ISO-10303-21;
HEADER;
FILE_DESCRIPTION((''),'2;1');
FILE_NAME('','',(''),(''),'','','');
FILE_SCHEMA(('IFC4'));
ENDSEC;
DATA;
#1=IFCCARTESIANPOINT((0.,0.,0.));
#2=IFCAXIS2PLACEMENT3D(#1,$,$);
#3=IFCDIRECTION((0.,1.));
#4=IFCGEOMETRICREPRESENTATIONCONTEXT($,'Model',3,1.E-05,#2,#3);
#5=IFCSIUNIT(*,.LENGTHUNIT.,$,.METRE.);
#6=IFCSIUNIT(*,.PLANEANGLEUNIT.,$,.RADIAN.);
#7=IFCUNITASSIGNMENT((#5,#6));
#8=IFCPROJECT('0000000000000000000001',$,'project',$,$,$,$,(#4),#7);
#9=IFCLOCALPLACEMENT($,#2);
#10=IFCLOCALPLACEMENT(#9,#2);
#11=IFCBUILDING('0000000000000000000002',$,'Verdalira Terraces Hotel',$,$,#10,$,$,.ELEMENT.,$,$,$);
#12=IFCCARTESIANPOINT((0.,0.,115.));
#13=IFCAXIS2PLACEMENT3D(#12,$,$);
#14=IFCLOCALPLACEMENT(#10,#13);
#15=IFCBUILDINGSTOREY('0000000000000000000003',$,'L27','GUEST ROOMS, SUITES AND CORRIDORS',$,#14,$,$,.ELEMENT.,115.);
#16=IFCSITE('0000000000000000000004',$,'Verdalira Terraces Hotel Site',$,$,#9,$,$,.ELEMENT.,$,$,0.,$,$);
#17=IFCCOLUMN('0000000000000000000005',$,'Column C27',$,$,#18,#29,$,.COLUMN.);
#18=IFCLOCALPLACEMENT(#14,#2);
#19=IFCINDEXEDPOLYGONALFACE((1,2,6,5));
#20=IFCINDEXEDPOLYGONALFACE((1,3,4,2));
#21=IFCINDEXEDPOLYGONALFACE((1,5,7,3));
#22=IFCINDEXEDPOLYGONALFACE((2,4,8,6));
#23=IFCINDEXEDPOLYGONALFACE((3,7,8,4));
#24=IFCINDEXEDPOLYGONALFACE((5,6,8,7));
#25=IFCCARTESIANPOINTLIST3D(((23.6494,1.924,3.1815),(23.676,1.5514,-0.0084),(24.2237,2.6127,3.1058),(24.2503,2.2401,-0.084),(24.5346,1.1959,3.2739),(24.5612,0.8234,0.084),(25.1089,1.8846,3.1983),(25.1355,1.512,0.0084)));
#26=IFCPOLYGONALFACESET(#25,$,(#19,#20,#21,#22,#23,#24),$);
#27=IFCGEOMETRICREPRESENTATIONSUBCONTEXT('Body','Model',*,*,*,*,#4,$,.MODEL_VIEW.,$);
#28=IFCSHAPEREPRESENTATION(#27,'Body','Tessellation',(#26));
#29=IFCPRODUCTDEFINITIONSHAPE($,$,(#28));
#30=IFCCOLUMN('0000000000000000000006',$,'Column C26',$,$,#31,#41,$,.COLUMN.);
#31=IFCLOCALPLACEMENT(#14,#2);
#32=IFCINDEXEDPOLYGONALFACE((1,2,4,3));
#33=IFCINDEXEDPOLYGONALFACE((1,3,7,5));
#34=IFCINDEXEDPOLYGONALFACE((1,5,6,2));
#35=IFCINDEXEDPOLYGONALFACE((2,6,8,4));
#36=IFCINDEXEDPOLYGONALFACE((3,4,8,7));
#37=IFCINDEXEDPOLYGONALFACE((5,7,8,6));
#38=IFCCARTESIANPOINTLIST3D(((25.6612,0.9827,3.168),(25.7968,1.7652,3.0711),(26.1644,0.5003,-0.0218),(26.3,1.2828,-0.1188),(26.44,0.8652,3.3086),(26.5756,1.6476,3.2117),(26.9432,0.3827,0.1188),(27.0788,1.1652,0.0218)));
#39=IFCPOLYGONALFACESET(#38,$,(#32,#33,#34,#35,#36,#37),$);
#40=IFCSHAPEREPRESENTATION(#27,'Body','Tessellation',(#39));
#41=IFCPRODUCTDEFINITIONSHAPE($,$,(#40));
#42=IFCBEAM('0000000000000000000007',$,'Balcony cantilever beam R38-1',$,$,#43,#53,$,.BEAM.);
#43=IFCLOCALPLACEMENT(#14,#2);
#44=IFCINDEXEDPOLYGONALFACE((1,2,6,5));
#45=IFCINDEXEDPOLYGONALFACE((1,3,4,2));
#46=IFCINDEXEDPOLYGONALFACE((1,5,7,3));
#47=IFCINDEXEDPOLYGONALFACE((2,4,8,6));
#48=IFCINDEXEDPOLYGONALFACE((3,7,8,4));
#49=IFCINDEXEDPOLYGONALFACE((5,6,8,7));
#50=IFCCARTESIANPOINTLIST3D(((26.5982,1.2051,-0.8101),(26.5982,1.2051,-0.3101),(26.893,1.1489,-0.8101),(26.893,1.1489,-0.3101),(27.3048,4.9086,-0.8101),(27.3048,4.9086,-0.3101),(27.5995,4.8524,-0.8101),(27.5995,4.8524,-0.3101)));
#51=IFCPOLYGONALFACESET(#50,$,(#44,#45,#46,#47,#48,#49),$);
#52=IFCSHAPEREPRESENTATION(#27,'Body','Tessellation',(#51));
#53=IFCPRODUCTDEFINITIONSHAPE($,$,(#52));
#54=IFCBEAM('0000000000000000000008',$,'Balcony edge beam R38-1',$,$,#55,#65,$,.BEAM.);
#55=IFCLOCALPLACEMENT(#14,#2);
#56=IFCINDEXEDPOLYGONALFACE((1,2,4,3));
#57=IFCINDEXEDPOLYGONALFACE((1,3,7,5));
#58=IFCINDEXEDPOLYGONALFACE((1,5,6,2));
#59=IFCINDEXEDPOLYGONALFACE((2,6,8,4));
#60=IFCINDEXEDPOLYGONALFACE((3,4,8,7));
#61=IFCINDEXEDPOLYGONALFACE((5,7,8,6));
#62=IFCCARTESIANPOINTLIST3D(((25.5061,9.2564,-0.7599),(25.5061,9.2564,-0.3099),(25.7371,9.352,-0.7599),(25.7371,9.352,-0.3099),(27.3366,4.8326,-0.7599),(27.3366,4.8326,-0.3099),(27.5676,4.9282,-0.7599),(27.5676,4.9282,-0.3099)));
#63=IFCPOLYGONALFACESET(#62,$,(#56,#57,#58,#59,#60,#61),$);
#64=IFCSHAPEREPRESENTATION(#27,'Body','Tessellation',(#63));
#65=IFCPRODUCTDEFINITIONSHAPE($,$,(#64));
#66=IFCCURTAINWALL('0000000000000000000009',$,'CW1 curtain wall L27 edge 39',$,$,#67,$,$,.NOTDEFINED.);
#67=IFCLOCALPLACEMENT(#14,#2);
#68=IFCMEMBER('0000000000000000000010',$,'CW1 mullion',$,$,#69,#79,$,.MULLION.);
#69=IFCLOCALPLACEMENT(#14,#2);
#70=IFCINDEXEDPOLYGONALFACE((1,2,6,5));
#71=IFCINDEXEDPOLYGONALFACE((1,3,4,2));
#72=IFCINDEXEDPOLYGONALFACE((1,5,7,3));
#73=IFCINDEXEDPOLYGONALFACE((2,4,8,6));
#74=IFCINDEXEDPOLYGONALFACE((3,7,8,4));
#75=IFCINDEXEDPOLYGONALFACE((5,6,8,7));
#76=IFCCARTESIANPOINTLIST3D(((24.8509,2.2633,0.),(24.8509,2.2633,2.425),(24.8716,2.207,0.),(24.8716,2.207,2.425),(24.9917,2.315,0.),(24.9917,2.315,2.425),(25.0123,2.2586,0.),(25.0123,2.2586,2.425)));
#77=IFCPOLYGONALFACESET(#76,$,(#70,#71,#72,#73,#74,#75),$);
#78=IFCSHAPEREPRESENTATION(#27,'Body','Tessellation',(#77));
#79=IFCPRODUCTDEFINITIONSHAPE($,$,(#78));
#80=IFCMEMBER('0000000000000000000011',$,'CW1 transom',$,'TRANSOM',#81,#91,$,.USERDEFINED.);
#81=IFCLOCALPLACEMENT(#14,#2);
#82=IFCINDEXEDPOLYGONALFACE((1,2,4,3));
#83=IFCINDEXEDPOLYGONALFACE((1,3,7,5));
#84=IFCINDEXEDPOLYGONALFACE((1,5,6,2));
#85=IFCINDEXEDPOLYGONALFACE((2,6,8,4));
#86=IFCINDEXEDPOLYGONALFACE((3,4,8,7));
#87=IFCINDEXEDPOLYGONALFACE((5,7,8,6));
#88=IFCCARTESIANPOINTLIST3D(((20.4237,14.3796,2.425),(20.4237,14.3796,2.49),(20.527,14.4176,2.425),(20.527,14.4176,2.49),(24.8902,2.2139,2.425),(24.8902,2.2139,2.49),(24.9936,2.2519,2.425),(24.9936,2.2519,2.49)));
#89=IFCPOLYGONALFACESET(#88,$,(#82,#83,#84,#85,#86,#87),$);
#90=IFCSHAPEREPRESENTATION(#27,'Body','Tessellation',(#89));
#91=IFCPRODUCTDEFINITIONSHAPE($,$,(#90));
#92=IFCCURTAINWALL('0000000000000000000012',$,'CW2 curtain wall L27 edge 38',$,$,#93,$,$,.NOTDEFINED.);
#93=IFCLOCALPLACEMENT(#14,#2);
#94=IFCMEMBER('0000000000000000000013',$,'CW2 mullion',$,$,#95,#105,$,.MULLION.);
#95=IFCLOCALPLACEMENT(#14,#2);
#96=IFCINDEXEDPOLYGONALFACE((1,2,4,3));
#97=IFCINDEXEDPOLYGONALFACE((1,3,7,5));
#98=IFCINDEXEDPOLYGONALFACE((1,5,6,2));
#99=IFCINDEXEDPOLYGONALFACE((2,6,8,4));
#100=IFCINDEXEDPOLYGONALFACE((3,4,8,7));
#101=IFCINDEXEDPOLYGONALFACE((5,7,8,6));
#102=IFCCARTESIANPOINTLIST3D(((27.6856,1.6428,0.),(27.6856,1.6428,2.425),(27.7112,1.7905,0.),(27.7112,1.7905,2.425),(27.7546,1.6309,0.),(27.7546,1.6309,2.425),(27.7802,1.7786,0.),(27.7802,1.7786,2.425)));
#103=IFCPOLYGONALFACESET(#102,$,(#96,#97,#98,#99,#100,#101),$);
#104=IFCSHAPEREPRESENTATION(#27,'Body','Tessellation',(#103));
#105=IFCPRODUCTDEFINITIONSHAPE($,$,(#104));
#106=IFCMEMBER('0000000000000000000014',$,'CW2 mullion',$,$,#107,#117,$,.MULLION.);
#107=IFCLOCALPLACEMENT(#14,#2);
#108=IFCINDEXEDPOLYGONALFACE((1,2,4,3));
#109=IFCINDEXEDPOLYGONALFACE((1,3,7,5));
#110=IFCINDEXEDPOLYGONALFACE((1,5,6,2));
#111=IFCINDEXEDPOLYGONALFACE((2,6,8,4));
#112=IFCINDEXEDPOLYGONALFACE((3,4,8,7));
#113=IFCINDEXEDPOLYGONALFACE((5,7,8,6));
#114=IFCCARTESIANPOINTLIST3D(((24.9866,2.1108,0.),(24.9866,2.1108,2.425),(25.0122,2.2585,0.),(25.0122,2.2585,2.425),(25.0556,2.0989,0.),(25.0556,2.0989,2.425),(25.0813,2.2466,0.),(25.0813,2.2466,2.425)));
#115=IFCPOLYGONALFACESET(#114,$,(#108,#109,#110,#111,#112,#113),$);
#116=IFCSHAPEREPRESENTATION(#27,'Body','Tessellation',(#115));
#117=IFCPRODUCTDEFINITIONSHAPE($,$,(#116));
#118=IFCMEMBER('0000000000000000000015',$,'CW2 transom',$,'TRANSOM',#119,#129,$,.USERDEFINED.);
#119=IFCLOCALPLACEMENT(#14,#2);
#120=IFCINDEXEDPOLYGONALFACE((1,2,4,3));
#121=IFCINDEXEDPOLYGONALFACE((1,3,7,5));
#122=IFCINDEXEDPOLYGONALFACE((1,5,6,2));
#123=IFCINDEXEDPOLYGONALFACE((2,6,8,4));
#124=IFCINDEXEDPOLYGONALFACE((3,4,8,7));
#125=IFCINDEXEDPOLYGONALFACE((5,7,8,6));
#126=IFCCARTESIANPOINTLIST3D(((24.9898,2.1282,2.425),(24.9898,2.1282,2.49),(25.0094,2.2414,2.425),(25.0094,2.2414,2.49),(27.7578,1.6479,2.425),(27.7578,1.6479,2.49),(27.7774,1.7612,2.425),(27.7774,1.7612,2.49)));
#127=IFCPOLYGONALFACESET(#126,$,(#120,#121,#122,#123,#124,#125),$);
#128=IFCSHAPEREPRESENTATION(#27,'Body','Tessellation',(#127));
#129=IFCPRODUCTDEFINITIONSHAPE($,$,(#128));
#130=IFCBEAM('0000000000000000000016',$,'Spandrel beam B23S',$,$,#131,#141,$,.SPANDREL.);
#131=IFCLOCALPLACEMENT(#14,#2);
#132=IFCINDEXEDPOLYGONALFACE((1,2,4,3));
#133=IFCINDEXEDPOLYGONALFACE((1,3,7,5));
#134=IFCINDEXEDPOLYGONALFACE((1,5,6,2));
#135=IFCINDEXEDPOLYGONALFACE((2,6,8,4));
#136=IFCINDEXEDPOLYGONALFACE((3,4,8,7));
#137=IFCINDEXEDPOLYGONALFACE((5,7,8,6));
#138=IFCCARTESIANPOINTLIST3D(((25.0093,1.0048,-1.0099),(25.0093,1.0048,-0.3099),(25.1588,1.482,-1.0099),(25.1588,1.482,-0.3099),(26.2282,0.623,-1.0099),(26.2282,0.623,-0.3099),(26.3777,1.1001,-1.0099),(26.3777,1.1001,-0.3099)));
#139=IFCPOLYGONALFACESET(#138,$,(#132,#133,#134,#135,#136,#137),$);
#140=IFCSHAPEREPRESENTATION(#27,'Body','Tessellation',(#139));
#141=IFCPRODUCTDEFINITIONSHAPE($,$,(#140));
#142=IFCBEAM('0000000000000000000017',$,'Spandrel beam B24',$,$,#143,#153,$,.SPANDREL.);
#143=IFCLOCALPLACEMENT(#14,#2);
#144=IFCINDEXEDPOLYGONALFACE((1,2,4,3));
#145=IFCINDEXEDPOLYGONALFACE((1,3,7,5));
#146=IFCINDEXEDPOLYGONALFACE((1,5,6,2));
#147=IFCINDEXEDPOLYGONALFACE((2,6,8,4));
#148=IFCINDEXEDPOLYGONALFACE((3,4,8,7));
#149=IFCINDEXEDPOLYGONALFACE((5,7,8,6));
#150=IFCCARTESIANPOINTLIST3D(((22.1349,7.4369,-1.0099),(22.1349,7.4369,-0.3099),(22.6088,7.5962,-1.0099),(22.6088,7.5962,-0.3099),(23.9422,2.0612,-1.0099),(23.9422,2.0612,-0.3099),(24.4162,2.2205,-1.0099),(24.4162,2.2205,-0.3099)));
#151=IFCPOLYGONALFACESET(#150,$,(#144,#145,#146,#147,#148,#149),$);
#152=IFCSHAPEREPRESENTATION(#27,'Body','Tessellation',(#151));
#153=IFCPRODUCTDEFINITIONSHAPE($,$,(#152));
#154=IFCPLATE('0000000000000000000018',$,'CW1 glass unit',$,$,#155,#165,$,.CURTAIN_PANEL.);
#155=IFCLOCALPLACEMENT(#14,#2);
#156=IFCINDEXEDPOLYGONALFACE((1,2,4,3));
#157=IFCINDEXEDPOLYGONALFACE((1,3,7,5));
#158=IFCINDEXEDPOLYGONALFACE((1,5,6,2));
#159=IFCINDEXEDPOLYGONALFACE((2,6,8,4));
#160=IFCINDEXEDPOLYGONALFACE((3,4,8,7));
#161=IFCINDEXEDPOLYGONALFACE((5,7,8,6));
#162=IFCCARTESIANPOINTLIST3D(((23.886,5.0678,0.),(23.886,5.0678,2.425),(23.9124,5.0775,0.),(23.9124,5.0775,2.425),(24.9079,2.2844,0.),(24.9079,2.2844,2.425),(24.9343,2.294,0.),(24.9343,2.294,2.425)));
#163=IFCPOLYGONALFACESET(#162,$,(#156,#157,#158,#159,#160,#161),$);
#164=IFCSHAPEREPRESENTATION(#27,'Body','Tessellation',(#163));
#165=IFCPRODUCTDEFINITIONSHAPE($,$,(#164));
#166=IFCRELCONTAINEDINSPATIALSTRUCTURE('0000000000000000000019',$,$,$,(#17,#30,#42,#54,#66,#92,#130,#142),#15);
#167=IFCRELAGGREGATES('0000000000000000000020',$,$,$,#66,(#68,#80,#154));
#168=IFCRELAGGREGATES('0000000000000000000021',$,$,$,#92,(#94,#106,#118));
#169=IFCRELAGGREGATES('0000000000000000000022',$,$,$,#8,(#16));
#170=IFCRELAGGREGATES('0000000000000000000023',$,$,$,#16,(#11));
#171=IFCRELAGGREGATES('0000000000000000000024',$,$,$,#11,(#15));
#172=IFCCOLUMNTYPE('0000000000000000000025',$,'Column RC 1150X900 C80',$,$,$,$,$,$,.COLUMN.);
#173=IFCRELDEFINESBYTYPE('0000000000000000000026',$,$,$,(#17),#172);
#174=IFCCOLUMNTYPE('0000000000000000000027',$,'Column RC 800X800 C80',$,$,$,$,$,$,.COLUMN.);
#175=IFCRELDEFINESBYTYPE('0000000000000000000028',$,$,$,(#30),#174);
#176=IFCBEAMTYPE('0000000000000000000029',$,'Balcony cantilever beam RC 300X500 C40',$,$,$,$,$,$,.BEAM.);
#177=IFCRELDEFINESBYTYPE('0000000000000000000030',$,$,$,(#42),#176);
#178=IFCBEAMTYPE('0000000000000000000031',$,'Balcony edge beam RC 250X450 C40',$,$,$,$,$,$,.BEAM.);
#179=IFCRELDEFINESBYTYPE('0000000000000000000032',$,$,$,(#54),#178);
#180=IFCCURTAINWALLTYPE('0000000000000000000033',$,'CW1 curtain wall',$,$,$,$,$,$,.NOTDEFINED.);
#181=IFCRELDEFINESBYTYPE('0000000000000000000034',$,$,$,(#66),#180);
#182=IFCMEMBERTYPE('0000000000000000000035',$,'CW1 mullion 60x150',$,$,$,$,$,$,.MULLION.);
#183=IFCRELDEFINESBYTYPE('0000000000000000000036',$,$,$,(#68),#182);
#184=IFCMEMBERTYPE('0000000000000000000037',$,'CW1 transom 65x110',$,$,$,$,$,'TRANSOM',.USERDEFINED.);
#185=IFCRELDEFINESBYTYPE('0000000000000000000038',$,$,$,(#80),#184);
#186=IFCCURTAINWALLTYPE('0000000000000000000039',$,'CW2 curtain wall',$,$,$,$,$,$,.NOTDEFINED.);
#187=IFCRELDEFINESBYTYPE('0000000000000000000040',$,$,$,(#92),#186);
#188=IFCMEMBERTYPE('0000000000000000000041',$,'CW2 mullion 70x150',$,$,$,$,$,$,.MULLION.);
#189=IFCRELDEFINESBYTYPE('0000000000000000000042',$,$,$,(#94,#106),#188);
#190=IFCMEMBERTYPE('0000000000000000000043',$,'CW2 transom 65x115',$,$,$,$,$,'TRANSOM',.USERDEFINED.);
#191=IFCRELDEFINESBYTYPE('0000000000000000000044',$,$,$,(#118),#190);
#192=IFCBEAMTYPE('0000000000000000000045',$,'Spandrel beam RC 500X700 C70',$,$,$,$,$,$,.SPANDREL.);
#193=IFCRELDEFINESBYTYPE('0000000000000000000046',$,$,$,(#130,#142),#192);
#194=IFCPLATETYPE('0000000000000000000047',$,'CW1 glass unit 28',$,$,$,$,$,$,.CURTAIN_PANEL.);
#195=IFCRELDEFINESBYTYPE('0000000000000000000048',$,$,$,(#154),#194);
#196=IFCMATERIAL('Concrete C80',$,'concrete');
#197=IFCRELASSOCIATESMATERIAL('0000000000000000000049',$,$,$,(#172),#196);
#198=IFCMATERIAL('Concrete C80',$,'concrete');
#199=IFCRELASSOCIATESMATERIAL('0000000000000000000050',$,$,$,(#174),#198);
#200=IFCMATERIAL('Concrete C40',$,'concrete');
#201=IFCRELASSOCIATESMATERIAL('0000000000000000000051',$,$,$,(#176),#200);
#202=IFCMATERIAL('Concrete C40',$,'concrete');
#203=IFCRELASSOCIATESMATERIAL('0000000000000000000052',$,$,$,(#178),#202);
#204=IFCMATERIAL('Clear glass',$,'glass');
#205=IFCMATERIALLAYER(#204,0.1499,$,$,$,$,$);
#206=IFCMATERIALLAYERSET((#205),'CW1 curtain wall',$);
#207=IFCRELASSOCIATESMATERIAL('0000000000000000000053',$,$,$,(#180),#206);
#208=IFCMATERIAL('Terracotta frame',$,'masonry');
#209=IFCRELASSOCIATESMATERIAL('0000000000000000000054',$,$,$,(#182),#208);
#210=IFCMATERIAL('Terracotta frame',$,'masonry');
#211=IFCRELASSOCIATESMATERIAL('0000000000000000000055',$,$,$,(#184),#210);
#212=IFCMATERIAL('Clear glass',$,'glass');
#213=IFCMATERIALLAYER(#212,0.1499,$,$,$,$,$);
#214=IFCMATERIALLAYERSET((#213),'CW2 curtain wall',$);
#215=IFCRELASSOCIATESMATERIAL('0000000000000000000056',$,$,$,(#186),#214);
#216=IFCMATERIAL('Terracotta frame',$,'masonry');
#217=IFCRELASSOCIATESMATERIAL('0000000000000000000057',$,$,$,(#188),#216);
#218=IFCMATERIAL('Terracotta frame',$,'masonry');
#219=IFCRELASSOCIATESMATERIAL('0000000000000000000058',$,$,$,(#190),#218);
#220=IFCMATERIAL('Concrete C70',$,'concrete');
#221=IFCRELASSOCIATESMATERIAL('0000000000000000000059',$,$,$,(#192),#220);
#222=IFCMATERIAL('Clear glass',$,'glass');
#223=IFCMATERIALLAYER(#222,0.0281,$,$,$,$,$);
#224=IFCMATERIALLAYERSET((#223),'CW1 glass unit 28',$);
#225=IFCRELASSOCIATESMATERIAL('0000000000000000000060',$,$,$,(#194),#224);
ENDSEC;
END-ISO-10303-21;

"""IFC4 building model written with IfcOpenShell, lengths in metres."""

from ifc_helpers import new_model, si_unit, direction, frame, origin, origin_2d, place, context, subcontext, project, spatial, rectangle, extrude, material, layer, layer_set, material_profile, profile_set, type_object, element, aggregate, save


model = new_model("IFC4")

# Units and contexts
model_context = context("Model", 3, precision=1e-05, world=origin(), true_north=direction((0.0, 1.0)))
body_context = subcontext(model_context, "Body", "Model", "MODEL_VIEW")
ifc_project = project(units=[si_unit("LENGTHUNIT", "METRE"), si_unit("PLANEANGLEUNIT", "RADIAN")], contexts=[model_context])

# Site, building, storey
site_placement = place(None, origin())
site = spatial("IfcSite", under=ifc_project, at=site_placement, Name="Verdalira Terraces Hotel Site", CompositionType="ELEMENT", RefElevation=0.0)
building_placement = place(site_placement, origin())
building = spatial("IfcBuilding", under=site, at=building_placement, Name="Verdalira Terraces Hotel", CompositionType="ELEMENT")
storey_placement = place(building_placement, frame((0.0, 0.0, 115.0)))
storey = spatial("IfcBuildingStorey", under=building, at=storey_placement, Name="L27", Description="GUEST ROOMS, SUITES AND CORRIDORS", CompositionType="ELEMENT", Elevation=115.0)

# Columns
ifc_material_1 = material(Name="Concrete C80", Category="concrete")
ifc_material_profile_1 = material_profile(ifc_material_1, rectangle(XDim=1.1499, YDim=0.8999, at=origin_2d()), Name="RC 1150X900")
ifc_profile_set_1 = profile_set([ifc_material_profile_1], Name="Concrete C80")
column_type_1 = type_object("IfcColumnType", Name="Column RC 1150X900 C80", PredefinedType="COLUMN", material=ifc_profile_set_1)
column_1_placement = place(storey_placement, frame((24.4058, 1.5317, 0.0), z_axis=(-0.008286, 0.115999, 0.993215), x_axis=(0.769838, -0.633159, 0.08037)))
element("IfcColumn", 1, at=column_1_placement, inside=storey, type_object=column_type_1, Name="Column C27", PredefinedType="COLUMN", context=body_context, shape_type="SweptSolid", body=[
    extrude(rectangle(XDim=1.1499, YDim=0.8999, at=origin_2d()), origin(), (0.0, 0.0, 1.0), 3.2117),
])
ifc_material_2 = material(Name="Concrete C80", Category="concrete")
ifc_material_profile_2 = material_profile(ifc_material_2, rectangle(XDim=0.8, YDim=0.8, at=origin_2d()), Name="RC 800X800")
ifc_profile_set_2 = profile_set([ifc_material_profile_2], Name="Concrete C80")
column_type_2 = type_object("IfcColumnType", Name="Column RC 800X800 C80", PredefinedType="COLUMN", material=ifc_profile_set_2)
column_2_placement = place(storey_placement, frame((26.6216, 0.8328, 0.0), z_axis=(-0.154101, 0.147746, 0.976946), x_axis=(-0.973407, 0.146921, -0.175762)))
element("IfcColumn", 2, at=column_2_placement, inside=storey, type_object=column_type_2, Name="Column C26", PredefinedType="COLUMN", context=body_context, shape_type="SweptSolid", body=[
    extrude(rectangle(XDim=0.8, YDim=0.8, at=origin_2d()), origin(), (0.0, 0.0, 1.0), 3.2651),
])

# Beams
ifc_material_3 = material(Name="Concrete C40", Category="concrete")
ifc_material_profile_3 = material_profile(ifc_material_3, rectangle(XDim=0.3, YDim=0.5, at=origin_2d()), Name="RC 300X500")
ifc_profile_set_3 = profile_set([ifc_material_profile_3], Name="Concrete C40")
beam_type_1 = type_object("IfcBeamType", Name="Balcony cantilever beam RC 300X500 C40", PredefinedType="BEAM", material=ifc_profile_set_3)
beam_1_placement = place(storey_placement, frame((26.7456, 1.177, -0.5601), z_axis=(0.187404, 0.982283, 0.0), x_axis=(-0.982283, 0.187404, 0.0)))
element("IfcBeam", 3, at=beam_1_placement, inside=storey, type_object=beam_type_1, Name="Balcony cantilever beam R38-1", PredefinedType="BEAM", context=body_context, shape_type="SweptSolid", body=[
    extrude(rectangle(XDim=0.3, YDim=0.5, at=origin_2d()), origin(), (0.0, 0.0, 1.0), 3.7703),
])
ifc_material_4 = material(Name="Concrete C40", Category="concrete")
ifc_material_profile_4 = material_profile(ifc_material_4, rectangle(XDim=0.25, YDim=0.45, at=origin_2d()), Name="RC 250X450")
ifc_profile_set_4 = profile_set([ifc_material_profile_4], Name="Concrete C40")
beam_type_2 = type_object("IfcBeamType", Name="Balcony edge beam RC 250X450 C40", PredefinedType="BEAM", material=ifc_profile_set_4)
beam_2_placement = place(storey_placement, frame((27.4521, 4.8804, -0.5349), z_axis=(-0.382355, 0.924016, 0.0), x_axis=(-0.924016, -0.382355, 0.0)))
element("IfcBeam", 4, at=beam_2_placement, inside=storey, type_object=beam_type_2, Name="Balcony edge beam R38-1", PredefinedType="BEAM", context=body_context, shape_type="SweptSolid", body=[
    extrude(rectangle(XDim=0.25, YDim=0.45, at=origin_2d()), origin(), (0.0, 0.0, 1.0), 4.7876),
])

# Curtain walls, members
ifc_material_5 = material(Name="Clear glass", Category="glass")
ifc_layer_1 = layer(ifc_material_5, 0.1499)
ifc_layer_set_1 = layer_set([ifc_layer_1], Name="CW1 curtain wall")
curtain_wall_type_1 = type_object("IfcCurtainWallType", Name="CW1 curtain wall", PredefinedType="NOTDEFINED", material=ifc_layer_set_1)
curtain_wall_1_placement = place(storey_placement, origin())
curtain_wall_1 = element("IfcCurtainWall", 5, at=curtain_wall_1_placement, inside=storey, type_object=curtain_wall_type_1, Name="CW1 curtain wall L27 edge 39", PredefinedType="NOTDEFINED")
ifc_material_6 = material(Name="Terracotta frame", Category="masonry")
ifc_material_profile_5 = material_profile(ifc_material_6, rectangle(XDim=0.0601, YDim=0.1499, at=origin_2d()), Name="MU 60x150")
ifc_profile_set_5 = profile_set([ifc_material_profile_5], Name="Terracotta frame")
member_type_1 = type_object("IfcMemberType", Name="CW1 mullion 60x150", PredefinedType="MULLION", material=ifc_profile_set_5)
member_1_placement = place(storey_placement, frame((24.9316, 2.261, 0.0), z_axis=(0.0, 0.0, 1.0), x_axis=(-0.344643, 0.938734, 0.0)))
member_1 = element("IfcMember", 6, at=member_1_placement, type_object=member_type_1, Name="CW1 mullion", PredefinedType="MULLION", context=body_context, shape_type="SweptSolid", body=[
    extrude(rectangle(XDim=0.0601, YDim=0.1499, at=origin_2d()), origin(), (0.0, 0.0, 1.0), 2.425),
])
ifc_material_7 = material(Name="Terracotta frame", Category="masonry")
ifc_material_profile_6 = material_profile(ifc_material_7, rectangle(XDim=0.1101, YDim=0.0649, at=origin_2d()), Name="TR 65x110")
ifc_profile_set_6 = profile_set([ifc_material_profile_6], Name="Terracotta frame")
member_type_2 = type_object("IfcMemberType", Name="CW1 transom 65x110", ElementType="TRANSOM", PredefinedType="USERDEFINED", material=ifc_profile_set_6)
member_2_placement = place(storey_placement, frame((24.9419, 2.2329, 2.4575), z_axis=(-0.344647, 0.938732, 0.0), x_axis=(-0.938732, -0.344647, 0.0)))
member_2 = element("IfcMember", 7, at=member_2_placement, type_object=member_type_2, Name="CW1 transom", ObjectType="TRANSOM", PredefinedType="USERDEFINED", context=body_context, shape_type="SweptSolid", body=[
    extrude(rectangle(XDim=0.1101, YDim=0.0649, at=origin_2d()), origin(), (0.0, 0.0, 1.0), 12.9597),
])
ifc_material_8 = material(Name="Clear glass", Category="glass")
ifc_layer_2 = layer(ifc_material_8, 0.1499)
ifc_layer_set_2 = layer_set([ifc_layer_2], Name="CW2 curtain wall")
curtain_wall_type_2 = type_object("IfcCurtainWallType", Name="CW2 curtain wall", PredefinedType="NOTDEFINED", material=ifc_layer_set_2)
curtain_wall_2_placement = place(storey_placement, origin())
curtain_wall_2 = element("IfcCurtainWall", 8, at=curtain_wall_2_placement, inside=storey, type_object=curtain_wall_type_2, Name="CW2 curtain wall L27 edge 38", PredefinedType="NOTDEFINED")
ifc_material_9 = material(Name="Terracotta frame", Category="masonry")
ifc_material_profile_7 = material_profile(ifc_material_9, rectangle(XDim=0.0701, YDim=0.1499, at=origin_2d()), Name="MU 70x150")
ifc_profile_set_7 = profile_set([ifc_material_profile_7], Name="Terracotta frame")
member_type_3 = type_object("IfcMemberType", Name="CW2 mullion 70x150", PredefinedType="MULLION", material=ifc_profile_set_7)
member_3_placement = place(storey_placement, frame((27.7329, 1.7107, 0.0), z_axis=(0.0, 0.0, 1.0), x_axis=(-0.985289, 0.170897, 0.0)))
member_3 = element("IfcMember", 9, at=member_3_placement, type_object=member_type_3, Name="CW2 mullion", PredefinedType="MULLION", context=body_context, shape_type="SweptSolid", body=[
    extrude(rectangle(XDim=0.0701, YDim=0.1499, at=origin_2d()), origin(), (0.0, 0.0, 1.0), 2.425),
])
member_4_placement = place(storey_placement, frame((25.0339, 2.1787, 0.0), z_axis=(0.0, 0.0, 1.0), x_axis=(-0.985289, 0.170897, 0.0)))
member_4 = element("IfcMember", 10, at=member_4_placement, type_object=member_type_3, Name="CW2 mullion", PredefinedType="MULLION", context=body_context, shape_type="SweptSolid", body=[
    extrude(rectangle(XDim=0.0701, YDim=0.1499, at=origin_2d()), origin(), (0.0, 0.0, 1.0), 2.425),
])
ifc_material_10 = material(Name="Terracotta frame", Category="masonry")
ifc_material_profile_8 = material_profile(ifc_material_10, rectangle(XDim=0.115, YDim=0.0649, at=origin_2d()), Name="TR 65x115")
ifc_profile_set_8 = profile_set([ifc_material_profile_8], Name="Terracotta frame")
member_type_4 = type_object("IfcMemberType", Name="CW2 transom 65x115", ElementType="TRANSOM", PredefinedType="USERDEFINED", material=ifc_profile_set_8)
member_5_placement = place(storey_placement, frame((27.7676, 1.7046, 2.4575), z_axis=(-0.985282, 0.170934, 0.0), x_axis=(-0.170934, -0.985282, 0.0)))
member_5 = element("IfcMember", 11, at=member_5_placement, type_object=member_type_4, Name="CW2 transom", ObjectType="TRANSOM", PredefinedType="USERDEFINED", context=body_context, shape_type="SweptSolid", body=[
    extrude(rectangle(XDim=0.115, YDim=0.0649, at=origin_2d()), origin(), (0.0, 0.0, 1.0), 2.8093),
])

# Beams
ifc_material_11 = material(Name="Concrete C70", Category="concrete")
ifc_material_profile_9 = material_profile(ifc_material_11, rectangle(XDim=0.5, YDim=0.7, at=origin_2d()), Name="RC 500X700")
ifc_profile_set_9 = profile_set([ifc_material_profile_9], Name="Concrete C70")
beam_type_3 = type_object("IfcBeamType", Name="Spandrel beam RC 500X700 C70", PredefinedType="SPANDREL", material=ifc_profile_set_9)
beam_3_placement = place(storey_placement, frame((26.303, 0.8616, -0.6599), z_axis=(-0.954279, 0.298917, 0.0), x_axis=(-0.298917, -0.954279, 0.0)))
element("IfcBeam", 12, at=beam_3_placement, inside=storey, type_object=beam_type_3, Name="Spandrel beam B23S", PredefinedType="SPANDREL", context=body_context, shape_type="SweptSolid", body=[
    extrude(rectangle(XDim=0.5, YDim=0.7, at=origin_2d()), origin(), (0.0, 0.0, 1.0), 1.2773),
])
beam_4_placement = place(storey_placement, frame((24.1792, 2.1409, -0.6599), z_axis=(-0.31868, 0.947862, 0.0), x_axis=(-0.947862, -0.31868, 0.0)))
element("IfcBeam", 13, at=beam_4_placement, inside=storey, type_object=beam_type_3, Name="Spandrel beam B24", PredefinedType="SPANDREL", context=body_context, shape_type="SweptSolid", body=[
    extrude(rectangle(XDim=0.5, YDim=0.7, at=origin_2d()), origin(), (0.0, 0.0, 1.0), 5.6714),
])

# Plate
ifc_material_12 = material(Name="Clear glass", Category="glass")
ifc_layer_3 = layer(ifc_material_12, 0.0281)
ifc_layer_set_3 = layer_set([ifc_layer_3], Name="CW1 glass unit 28")
plate_type_1 = type_object("IfcPlateType", Name="CW1 glass unit 28", PredefinedType="CURTAIN_PANEL", material=ifc_layer_set_3)
plate_1_placement = place(storey_placement, frame((24.4102, 3.6809, 0.0), z_axis=(0.0, 0.0, 1.0), x_axis=(-0.344643, 0.938734, 0.0)))
plate_1 = element("IfcPlate", 14, at=plate_1_placement, type_object=plate_type_1, Name="CW1 glass unit", PredefinedType="CURTAIN_PANEL", context=body_context, shape_type="SweptSolid", body=[
    extrude(rectangle(XDim=2.9651, YDim=0.0281, at=origin_2d()), origin(), (0.0, 0.0, 1.0), 2.425),
])
aggregate(curtain_wall_1, [member_1, member_2, plate_1])
aggregate(curtain_wall_2, [member_3, member_4, member_5])

save(model, "model.ifc")
